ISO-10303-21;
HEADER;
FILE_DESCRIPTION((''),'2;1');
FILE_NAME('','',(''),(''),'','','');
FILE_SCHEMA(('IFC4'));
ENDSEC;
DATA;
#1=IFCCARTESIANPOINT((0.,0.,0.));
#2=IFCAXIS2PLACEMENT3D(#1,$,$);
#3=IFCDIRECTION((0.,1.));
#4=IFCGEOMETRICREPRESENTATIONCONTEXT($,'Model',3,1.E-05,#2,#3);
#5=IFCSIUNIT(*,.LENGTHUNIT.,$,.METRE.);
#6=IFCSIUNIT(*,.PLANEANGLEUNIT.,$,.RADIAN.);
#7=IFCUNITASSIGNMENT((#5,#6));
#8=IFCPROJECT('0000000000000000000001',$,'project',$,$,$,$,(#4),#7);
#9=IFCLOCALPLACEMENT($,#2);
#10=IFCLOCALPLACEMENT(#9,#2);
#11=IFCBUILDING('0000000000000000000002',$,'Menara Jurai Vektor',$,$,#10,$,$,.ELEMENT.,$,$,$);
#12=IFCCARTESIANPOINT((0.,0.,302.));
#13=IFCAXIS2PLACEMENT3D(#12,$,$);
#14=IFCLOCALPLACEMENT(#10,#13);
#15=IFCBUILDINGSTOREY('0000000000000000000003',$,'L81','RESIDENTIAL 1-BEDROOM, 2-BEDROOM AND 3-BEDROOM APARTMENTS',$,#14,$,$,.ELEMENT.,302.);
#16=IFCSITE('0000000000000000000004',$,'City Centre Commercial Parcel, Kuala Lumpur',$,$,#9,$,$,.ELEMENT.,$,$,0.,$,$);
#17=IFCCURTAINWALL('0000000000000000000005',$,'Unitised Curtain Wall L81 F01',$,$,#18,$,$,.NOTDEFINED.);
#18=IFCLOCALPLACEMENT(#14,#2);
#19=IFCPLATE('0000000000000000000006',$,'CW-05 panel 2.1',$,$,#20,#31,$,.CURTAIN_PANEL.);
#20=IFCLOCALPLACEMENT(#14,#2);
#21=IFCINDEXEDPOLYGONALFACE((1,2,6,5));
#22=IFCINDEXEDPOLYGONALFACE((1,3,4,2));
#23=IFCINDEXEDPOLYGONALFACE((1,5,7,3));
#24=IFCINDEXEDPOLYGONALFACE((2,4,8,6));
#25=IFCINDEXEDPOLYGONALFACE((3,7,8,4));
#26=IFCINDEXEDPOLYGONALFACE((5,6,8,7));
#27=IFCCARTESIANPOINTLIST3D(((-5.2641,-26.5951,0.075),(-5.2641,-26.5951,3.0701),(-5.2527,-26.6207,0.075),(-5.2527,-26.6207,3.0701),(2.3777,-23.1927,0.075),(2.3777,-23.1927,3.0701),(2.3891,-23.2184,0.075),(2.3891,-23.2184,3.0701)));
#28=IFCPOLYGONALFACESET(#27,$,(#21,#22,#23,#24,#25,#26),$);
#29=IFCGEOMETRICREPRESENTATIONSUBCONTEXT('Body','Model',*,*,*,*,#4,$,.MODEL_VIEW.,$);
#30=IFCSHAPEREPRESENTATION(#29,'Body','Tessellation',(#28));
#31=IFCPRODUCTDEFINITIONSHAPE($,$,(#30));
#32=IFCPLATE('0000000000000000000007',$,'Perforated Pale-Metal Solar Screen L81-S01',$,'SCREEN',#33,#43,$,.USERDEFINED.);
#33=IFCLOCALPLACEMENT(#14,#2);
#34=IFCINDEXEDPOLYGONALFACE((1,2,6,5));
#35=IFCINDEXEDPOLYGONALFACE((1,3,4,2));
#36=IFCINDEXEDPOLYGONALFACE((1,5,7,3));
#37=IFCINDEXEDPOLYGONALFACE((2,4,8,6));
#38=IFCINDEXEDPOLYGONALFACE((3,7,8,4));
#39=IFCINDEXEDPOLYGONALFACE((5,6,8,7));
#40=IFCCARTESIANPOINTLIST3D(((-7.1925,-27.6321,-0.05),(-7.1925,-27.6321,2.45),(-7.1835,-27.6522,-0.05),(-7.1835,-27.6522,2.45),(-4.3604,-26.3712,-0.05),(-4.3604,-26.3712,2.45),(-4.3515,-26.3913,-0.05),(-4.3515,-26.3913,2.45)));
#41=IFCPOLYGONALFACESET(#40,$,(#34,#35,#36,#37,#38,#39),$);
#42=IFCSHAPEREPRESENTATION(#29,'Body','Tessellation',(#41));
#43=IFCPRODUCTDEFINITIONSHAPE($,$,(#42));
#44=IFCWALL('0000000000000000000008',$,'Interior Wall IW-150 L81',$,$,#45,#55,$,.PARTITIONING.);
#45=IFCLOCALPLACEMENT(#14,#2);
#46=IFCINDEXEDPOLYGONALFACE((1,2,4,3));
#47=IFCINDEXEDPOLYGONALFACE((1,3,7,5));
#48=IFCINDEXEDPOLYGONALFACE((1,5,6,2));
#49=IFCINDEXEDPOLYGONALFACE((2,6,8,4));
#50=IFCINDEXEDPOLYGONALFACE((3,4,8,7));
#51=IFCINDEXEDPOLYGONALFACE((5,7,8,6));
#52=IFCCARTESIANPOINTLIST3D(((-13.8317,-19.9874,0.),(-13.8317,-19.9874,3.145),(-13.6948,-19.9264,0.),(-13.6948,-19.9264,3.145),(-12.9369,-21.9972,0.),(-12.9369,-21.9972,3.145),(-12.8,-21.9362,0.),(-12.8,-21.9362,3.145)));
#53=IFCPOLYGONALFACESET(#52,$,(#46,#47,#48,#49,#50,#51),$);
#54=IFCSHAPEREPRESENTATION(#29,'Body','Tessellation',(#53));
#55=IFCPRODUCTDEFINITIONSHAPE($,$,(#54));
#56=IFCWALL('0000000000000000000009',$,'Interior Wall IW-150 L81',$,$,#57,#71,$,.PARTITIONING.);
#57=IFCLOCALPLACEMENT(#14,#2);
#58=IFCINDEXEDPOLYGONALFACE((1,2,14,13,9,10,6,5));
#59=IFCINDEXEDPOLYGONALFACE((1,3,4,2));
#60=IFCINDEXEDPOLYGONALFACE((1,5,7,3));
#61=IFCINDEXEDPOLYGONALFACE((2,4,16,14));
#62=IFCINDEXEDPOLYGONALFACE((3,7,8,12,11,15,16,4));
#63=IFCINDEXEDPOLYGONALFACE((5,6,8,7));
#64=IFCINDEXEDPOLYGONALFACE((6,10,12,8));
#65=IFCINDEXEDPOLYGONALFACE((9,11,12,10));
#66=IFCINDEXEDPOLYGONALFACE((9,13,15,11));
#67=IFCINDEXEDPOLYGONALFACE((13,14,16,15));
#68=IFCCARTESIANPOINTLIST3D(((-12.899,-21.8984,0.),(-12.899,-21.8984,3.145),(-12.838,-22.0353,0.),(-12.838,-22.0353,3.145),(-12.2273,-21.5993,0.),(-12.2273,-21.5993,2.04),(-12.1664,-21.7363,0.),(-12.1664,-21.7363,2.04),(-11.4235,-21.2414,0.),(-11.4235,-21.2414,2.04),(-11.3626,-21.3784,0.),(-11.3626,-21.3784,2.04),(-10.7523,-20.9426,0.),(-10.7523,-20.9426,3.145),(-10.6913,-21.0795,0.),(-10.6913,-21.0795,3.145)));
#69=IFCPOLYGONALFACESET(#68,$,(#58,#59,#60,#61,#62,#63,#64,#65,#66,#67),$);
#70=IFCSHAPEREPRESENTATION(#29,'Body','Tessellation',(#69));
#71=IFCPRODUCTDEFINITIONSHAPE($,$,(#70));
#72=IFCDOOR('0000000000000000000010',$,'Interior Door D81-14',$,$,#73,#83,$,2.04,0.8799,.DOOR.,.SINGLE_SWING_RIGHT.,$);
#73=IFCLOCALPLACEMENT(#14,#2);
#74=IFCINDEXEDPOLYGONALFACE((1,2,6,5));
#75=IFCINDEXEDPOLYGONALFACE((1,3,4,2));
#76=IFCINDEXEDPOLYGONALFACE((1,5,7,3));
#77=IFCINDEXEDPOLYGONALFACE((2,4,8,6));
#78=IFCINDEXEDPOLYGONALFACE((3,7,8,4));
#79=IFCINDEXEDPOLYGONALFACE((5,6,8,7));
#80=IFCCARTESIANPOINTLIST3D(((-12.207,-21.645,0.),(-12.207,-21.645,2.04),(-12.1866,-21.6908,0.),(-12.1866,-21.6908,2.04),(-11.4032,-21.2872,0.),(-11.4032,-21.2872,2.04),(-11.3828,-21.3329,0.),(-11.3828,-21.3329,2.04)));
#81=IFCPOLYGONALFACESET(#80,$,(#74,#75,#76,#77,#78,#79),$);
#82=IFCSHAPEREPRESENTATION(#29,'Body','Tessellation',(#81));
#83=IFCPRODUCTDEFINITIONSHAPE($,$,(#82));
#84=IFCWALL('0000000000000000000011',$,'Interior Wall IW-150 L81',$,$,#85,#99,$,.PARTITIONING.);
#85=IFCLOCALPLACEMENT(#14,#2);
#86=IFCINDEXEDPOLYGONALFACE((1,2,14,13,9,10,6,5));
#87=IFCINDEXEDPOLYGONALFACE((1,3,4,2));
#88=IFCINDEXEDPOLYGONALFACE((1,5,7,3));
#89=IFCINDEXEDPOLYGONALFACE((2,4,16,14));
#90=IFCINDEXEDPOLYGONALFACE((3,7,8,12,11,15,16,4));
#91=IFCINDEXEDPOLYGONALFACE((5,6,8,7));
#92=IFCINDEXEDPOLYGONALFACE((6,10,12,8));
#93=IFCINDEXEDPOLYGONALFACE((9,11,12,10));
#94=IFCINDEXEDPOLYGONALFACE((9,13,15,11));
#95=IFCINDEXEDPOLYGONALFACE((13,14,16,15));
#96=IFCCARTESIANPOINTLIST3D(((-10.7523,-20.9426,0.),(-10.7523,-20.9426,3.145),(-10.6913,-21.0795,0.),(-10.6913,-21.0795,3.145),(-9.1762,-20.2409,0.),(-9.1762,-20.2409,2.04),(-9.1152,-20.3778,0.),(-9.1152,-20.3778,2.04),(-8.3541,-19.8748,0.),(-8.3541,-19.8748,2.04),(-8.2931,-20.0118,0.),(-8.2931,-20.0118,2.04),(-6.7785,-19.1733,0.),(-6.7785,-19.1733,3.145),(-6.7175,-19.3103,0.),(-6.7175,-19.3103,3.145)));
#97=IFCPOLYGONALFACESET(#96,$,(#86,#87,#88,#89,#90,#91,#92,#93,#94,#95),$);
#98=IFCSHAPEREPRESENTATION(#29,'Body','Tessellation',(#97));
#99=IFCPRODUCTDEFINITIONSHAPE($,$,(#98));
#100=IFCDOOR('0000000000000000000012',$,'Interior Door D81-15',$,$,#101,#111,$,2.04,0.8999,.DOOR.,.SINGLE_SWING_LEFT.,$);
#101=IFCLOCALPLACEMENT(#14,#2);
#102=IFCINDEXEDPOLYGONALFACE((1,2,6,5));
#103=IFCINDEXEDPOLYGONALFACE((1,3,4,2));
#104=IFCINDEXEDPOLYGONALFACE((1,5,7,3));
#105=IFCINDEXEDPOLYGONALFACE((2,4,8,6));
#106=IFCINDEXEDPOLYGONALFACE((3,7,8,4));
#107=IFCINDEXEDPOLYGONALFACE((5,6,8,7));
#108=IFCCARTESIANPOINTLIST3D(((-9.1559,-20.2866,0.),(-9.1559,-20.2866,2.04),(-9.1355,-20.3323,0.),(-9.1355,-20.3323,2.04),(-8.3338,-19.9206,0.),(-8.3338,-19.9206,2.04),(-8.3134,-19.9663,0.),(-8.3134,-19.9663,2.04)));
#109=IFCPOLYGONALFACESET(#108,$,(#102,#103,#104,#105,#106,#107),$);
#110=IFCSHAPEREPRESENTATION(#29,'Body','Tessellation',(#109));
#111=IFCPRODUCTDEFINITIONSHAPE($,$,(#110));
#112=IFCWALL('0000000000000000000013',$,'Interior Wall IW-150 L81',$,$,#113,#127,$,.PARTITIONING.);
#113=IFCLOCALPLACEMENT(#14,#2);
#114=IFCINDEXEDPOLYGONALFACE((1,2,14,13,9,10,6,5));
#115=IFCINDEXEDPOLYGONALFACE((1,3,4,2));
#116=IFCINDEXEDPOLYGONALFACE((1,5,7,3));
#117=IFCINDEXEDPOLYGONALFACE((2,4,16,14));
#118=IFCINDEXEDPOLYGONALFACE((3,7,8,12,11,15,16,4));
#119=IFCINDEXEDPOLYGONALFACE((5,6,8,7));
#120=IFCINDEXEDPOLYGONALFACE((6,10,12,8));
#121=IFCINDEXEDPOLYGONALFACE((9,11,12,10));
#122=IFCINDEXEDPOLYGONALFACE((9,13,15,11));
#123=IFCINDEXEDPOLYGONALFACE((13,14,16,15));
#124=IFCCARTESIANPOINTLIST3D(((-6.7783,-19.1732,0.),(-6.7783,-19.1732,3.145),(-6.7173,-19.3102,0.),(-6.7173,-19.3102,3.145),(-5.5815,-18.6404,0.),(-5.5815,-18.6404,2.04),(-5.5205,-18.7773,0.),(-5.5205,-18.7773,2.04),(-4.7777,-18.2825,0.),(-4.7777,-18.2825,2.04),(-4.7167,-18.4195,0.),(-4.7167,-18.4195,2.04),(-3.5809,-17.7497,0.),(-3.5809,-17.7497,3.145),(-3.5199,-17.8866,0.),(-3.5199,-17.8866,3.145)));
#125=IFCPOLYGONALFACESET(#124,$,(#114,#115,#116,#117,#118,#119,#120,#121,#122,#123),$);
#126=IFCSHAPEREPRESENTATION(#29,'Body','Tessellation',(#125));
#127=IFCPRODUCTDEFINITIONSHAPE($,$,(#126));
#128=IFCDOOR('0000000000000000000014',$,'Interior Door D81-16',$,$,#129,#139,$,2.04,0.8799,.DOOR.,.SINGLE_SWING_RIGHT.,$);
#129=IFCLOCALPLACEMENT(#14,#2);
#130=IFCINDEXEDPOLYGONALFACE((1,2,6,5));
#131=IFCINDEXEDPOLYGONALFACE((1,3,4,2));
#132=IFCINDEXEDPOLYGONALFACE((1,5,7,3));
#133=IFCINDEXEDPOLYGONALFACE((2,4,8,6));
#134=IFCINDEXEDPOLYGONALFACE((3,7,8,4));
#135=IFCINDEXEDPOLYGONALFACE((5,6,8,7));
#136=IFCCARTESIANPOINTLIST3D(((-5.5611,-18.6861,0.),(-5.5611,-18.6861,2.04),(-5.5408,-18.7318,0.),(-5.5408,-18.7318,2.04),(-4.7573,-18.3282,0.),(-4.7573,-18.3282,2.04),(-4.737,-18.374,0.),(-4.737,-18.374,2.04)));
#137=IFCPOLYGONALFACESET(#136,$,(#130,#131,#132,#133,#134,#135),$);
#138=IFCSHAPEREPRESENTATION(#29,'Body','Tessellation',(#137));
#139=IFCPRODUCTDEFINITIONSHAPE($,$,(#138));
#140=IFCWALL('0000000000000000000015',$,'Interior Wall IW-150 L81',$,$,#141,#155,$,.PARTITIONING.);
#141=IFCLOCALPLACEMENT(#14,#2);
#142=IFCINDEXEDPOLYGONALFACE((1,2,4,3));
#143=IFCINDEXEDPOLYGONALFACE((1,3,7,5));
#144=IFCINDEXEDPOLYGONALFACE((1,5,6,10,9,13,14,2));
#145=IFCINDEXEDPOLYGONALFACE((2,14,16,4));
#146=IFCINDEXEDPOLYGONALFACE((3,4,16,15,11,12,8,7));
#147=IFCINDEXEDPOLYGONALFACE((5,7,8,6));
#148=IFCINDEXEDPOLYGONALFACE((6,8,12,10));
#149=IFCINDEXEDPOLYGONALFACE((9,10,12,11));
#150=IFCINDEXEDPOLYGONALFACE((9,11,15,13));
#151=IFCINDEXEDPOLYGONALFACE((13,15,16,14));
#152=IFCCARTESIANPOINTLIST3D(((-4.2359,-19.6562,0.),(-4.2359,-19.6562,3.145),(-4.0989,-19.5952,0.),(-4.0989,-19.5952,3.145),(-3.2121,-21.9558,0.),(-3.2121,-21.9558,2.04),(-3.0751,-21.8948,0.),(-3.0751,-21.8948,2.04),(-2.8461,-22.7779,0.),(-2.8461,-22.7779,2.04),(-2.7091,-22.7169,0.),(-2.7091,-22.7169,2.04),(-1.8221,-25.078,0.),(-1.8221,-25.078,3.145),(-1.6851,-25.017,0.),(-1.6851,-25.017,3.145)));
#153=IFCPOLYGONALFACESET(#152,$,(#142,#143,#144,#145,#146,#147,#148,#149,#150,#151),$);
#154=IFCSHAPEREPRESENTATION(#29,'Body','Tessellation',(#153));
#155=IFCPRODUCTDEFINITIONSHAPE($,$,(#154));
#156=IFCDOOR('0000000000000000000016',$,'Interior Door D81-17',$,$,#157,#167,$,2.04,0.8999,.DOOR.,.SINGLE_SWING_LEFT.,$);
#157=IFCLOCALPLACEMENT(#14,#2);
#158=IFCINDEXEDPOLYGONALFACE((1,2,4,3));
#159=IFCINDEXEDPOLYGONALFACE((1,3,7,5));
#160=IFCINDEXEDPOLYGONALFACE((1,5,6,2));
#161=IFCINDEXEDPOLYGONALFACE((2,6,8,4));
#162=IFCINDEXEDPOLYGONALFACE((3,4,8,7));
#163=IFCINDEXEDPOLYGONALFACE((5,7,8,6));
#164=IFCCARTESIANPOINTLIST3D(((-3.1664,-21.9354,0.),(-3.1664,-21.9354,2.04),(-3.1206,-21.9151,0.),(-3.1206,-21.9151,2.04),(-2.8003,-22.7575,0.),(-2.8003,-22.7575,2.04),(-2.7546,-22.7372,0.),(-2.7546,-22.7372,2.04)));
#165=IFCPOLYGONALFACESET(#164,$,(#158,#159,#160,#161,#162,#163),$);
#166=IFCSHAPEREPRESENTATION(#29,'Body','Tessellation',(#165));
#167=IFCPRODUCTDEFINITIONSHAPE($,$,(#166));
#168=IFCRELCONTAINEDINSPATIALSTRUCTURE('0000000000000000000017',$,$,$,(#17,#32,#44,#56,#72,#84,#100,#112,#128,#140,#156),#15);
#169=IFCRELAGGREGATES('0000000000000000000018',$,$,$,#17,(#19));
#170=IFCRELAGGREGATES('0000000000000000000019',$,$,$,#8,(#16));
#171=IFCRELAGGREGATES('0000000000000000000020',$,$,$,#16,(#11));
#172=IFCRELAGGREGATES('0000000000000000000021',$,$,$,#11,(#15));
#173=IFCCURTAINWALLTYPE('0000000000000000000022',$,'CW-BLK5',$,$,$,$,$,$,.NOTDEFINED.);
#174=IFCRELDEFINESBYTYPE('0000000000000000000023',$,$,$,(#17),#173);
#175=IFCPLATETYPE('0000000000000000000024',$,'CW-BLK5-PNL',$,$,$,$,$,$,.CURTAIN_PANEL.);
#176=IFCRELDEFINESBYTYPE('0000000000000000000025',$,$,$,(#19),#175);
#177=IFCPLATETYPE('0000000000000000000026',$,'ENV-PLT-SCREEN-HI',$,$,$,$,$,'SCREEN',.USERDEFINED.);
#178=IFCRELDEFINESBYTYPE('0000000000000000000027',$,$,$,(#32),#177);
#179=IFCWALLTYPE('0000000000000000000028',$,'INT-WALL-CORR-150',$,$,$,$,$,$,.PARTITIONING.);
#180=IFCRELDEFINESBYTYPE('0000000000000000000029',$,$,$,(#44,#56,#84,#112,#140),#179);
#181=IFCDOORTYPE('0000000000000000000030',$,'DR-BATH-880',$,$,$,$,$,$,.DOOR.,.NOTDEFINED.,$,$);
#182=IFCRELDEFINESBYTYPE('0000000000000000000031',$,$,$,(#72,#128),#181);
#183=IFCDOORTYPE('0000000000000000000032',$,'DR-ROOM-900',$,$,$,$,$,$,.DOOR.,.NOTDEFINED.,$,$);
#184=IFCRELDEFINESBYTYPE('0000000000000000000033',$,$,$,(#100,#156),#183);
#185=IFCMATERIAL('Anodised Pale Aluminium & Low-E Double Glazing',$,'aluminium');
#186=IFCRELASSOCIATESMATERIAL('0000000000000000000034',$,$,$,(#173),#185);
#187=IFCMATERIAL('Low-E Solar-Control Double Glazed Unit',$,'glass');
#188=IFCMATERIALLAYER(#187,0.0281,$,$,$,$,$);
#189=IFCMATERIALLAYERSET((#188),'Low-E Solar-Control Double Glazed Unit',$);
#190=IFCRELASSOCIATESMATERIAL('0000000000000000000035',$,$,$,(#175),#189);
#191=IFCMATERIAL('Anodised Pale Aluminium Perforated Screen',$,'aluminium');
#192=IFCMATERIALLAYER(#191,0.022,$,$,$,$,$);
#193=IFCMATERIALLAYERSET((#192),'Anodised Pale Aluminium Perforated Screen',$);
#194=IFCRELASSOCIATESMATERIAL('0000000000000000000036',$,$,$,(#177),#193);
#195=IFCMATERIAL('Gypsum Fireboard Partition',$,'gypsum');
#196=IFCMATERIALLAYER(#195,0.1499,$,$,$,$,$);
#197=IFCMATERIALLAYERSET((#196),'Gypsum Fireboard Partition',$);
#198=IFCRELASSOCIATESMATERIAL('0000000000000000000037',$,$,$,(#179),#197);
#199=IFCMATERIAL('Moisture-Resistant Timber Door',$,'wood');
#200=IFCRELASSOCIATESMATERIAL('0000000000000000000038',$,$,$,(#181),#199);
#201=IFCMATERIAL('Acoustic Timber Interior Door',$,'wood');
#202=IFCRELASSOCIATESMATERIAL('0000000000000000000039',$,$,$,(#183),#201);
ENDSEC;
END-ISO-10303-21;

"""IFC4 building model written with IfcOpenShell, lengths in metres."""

from ifc_helpers import new_model, si_unit, direction, frame, frame_2d, origin, origin_2d, place, context, subcontext, project, spatial, rectangle, extrude, material, layer, layer_set, type_object, element, fill, aggregate, save


model = new_model("IFC4")

# Units and contexts
model_context = context("Model", 3, precision=1e-05, world=origin(), true_north=direction((0.0, 1.0)))
body_context = subcontext(model_context, "Body", "Model", "MODEL_VIEW")
ifc_project = project(units=[si_unit("LENGTHUNIT", "METRE"), si_unit("PLANEANGLEUNIT", "RADIAN")], contexts=[model_context])

# Site, building, storey
site_placement = place(None, origin())
site = spatial("IfcSite", under=ifc_project, at=site_placement, Name="City Centre Commercial Parcel, Kuala Lumpur", CompositionType="ELEMENT", RefElevation=0.0)
building_placement = place(site_placement, origin())
building = spatial("IfcBuilding", under=site, at=building_placement, Name="Menara Jurai Vektor", CompositionType="ELEMENT")
storey_placement = place(building_placement, frame((0.0, 0.0, 302.0)))
storey = spatial("IfcBuildingStorey", under=building, at=storey_placement, Name="L81", Description="RESIDENTIAL 1-BEDROOM, 2-BEDROOM AND 3-BEDROOM APARTMENTS", CompositionType="ELEMENT", Elevation=302.0)

# Curtain wall
ifc_material_1 = material(Name="Anodised Pale Aluminium & Low-E Double Glazing", Category="aluminium")
curtain_wall_type = type_object("IfcCurtainWallType", Name="CW-BLK5", PredefinedType="NOTDEFINED", material=ifc_material_1)
curtain_wall_placement = place(storey_placement, origin())
curtain_wall = element("IfcCurtainWall", 1, at=curtain_wall_placement, inside=storey, type_object=curtain_wall_type, Name="Unitised Curtain Wall L81 F01", PredefinedType="NOTDEFINED")

# Plates
ifc_material_2 = material(Name="Low-E Solar-Control Double Glazed Unit", Category="glass")
ifc_layer_1 = layer(ifc_material_2, 0.0281)
ifc_layer_set_1 = layer_set([ifc_layer_1], Name="Low-E Solar-Control Double Glazed Unit")
plate_type_1 = type_object("IfcPlateType", Name="CW-BLK5-PNL", PredefinedType="CURTAIN_PANEL", material=ifc_layer_set_1)
plate_1_placement = place(storey_placement, frame((-1.4375, -24.9067, 0.075), z_axis=(0.0, 0.0, 1.0), x_axis=(0.913546, 0.406735, 0.0)))
plate_1 = element("IfcPlate", 2, at=plate_1_placement, type_object=plate_type_1, Name="CW-05 panel 2.1", PredefinedType="CURTAIN_PANEL", context=body_context, shape_type="SweptSolid", body=[
    extrude(rectangle(XDim=8.365, YDim=0.0281, at=origin_2d()), origin(), (0.0, 0.0, 1.0), 2.9951),
])
aggregate(curtain_wall, [plate_1])
ifc_material_3 = material(Name="Anodised Pale Aluminium Perforated Screen", Category="aluminium")
ifc_layer_2 = layer(ifc_material_3, 0.022)
ifc_layer_set_2 = layer_set([ifc_layer_2], Name="Anodised Pale Aluminium Perforated Screen")
plate_type_2 = type_object("IfcPlateType", Name="ENV-PLT-SCREEN-HI", ElementType="SCREEN", PredefinedType="USERDEFINED", material=ifc_layer_set_2)
plate_2_placement = place(storey_placement, frame((-5.772, -27.0117, -0.05), z_axis=(0.0, 0.0, 1.0), x_axis=(0.913545, 0.406737, 0.0)))
element("IfcPlate", 3, at=plate_2_placement, inside=storey, type_object=plate_type_2, Name="Perforated Pale-Metal Solar Screen L81-S01", ObjectType="SCREEN", PredefinedType="USERDEFINED", context=body_context, shape_type="SweptSolid", body=[
    extrude(rectangle(XDim=3.1001, YDim=0.022, at=origin_2d()), origin(), (0.0, 0.0, 1.0), 2.5),
])

# Wall
ifc_material_4 = material(Name="Gypsum Fireboard Partition", Category="gypsum")
ifc_layer_3 = layer(ifc_material_4, 0.1499)
ifc_layer_set_3 = layer_set([ifc_layer_3], Name="Gypsum Fireboard Partition")
wall_type_1 = type_object("IfcWallType", Name="INT-WALL-CORR-150", PredefinedType="PARTITIONING", material=ifc_layer_set_3)
wall_1_placement = place(storey_placement, frame((-12.8684, -21.9668, 0.0), z_axis=(0.0, 0.0, 1.0), x_axis=(-0.406725, 0.913551, 0.0)))
element("IfcWall", 4, at=wall_1_placement, inside=storey, type_object=wall_type_1, Name="Interior Wall IW-150 L81", PredefinedType="PARTITIONING", context=body_context, shape_type="SweptSolid", body=[
    extrude(rectangle(XDim=2.2, YDim=0.1499, at=frame_2d((1.1001, 0.0))), origin(), (0.0, 0.0, 1.0), 3.145),
])

# Walls, openings, doors
wall_2_placement = place(storey_placement, frame((-12.8684, -21.9668, 0.0), z_axis=(0.0, 0.0, 1.0), x_axis=(0.913541, 0.406746, 0.0)))
wall_2 = element("IfcWall", 5, at=wall_2_placement, inside=storey, type_object=wall_type_1, Name="Interior Wall IW-150 L81", PredefinedType="PARTITIONING", context=body_context, shape_type="SweptSolid", body=[
    extrude(rectangle(XDim=2.3499, YDim=0.1499, at=frame_2d((1.1748, 0.0))), origin(), (0.0, 0.0, 1.0), 3.145),
])
opening_1_placement = place(wall_2_placement, frame((0.7351, 0.0, 0.0)))
opening_1 = element("IfcOpeningElement", 6, at=opening_1_placement, cuts=wall_2, PredefinedType="OPENING", context=body_context, shape_type="SweptSolid", body=[
    extrude(rectangle(XDim=0.8799, YDim=2.04, at=frame_2d((0.4399, 1.02))), frame((0.0, 0.085, 0.0), z_axis=(0.0, -1.0, 0.0), x_axis=(1.0, 0.0, 0.0)), (0.0, 0.0, 1.0), 0.1699),
])
ifc_material_5 = material(Name="Moisture-Resistant Timber Door", Category="wood")
door_type_1 = type_object("IfcDoorType", Name="DR-BATH-880", OperationType="NOTDEFINED", PredefinedType="DOOR", material=ifc_material_5)
door_1_placement = place(opening_1_placement, origin())
door_1 = element("IfcDoor", 7, at=door_1_placement, inside=storey, type_object=door_type_1, Name="Interior Door D81-14", OperationType="SINGLE_SWING_RIGHT", OverallHeight=2.04, OverallWidth=0.8799, PredefinedType="DOOR", context=body_context, shape_type="SweptSolid", body=[
    extrude(rectangle(XDim=0.8799, YDim=2.04, at=frame_2d((0.4399, 1.02))), frame((0.0, 0.0249, 0.0), z_axis=(0.0, -1.0, 0.0), x_axis=(1.0, 0.0, 0.0)), (0.0, 0.0, 1.0), 0.05),
])
fill(opening_1, door_1)
wall_3_placement = place(storey_placement, frame((-10.7217, -21.011, 0.0), z_axis=(0.0, 0.0, 1.0), x_axis=(0.913545, 0.406737, 0.0)))
wall_3 = element("IfcWall", 8, at=wall_3_placement, inside=storey, type_object=wall_type_1, Name="Interior Wall IW-150 L81", PredefinedType="PARTITIONING", context=body_context, shape_type="SweptSolid", body=[
    extrude(rectangle(XDim=4.3499, YDim=0.1499, at=frame_2d((2.1748, 0.0))), origin(), (0.0, 0.0, 1.0), 3.145),
])
opening_2_placement = place(wall_3_placement, frame((1.7251, 0.0, 0.0)))
opening_2 = element("IfcOpeningElement", 9, at=opening_2_placement, cuts=wall_3, PredefinedType="OPENING", context=body_context, shape_type="SweptSolid", body=[
    extrude(rectangle(XDim=0.8999, YDim=2.04, at=frame_2d((0.45, 1.02))), frame((0.0, 0.085, 0.0), z_axis=(0.0, -1.0, 0.0), x_axis=(1.0, 0.0, 0.0)), (0.0, 0.0, 1.0), 0.1699),
])
ifc_material_6 = material(Name="Acoustic Timber Interior Door", Category="wood")
door_type_2 = type_object("IfcDoorType", Name="DR-ROOM-900", OperationType="NOTDEFINED", PredefinedType="DOOR", material=ifc_material_6)
door_2_placement = place(opening_2_placement, origin())
door_2 = element("IfcDoor", 10, at=door_2_placement, inside=storey, type_object=door_type_2, Name="Interior Door D81-15", OperationType="SINGLE_SWING_LEFT", OverallHeight=2.04, OverallWidth=0.8999, PredefinedType="DOOR", context=body_context, shape_type="SweptSolid", body=[
    extrude(rectangle(XDim=0.8999, YDim=2.04, at=frame_2d((0.45, 1.02))), frame((0.0, 0.0249, 0.0), z_axis=(0.0, -1.0, 0.0), x_axis=(1.0, 0.0, 0.0)), (0.0, 0.0, 1.0), 0.05),
])
fill(opening_2, door_2)
wall_4_placement = place(storey_placement, frame((-6.7478, -19.2417, 0.0), z_axis=(0.0, 0.0, 1.0), x_axis=(0.91355, 0.406727, 0.0)))
wall_4 = element("IfcWall", 11, at=wall_4_placement, inside=storey, type_object=wall_type_1, Name="Interior Wall IW-150 L81", PredefinedType="PARTITIONING", context=body_context, shape_type="SweptSolid", body=[
    extrude(rectangle(XDim=3.5, YDim=0.1499, at=frame_2d((1.75, 0.0))), origin(), (0.0, 0.0, 1.0), 3.145),
])
opening_3_placement = place(wall_4_placement, frame((1.3101, 0.0, 0.0)))
opening_3 = element("IfcOpeningElement", 12, at=opening_3_placement, cuts=wall_4, PredefinedType="OPENING", context=body_context, shape_type="SweptSolid", body=[
    extrude(rectangle(XDim=0.8799, YDim=2.04, at=frame_2d((0.4399, 1.02))), frame((0.0, 0.085, 0.0), z_axis=(0.0, -1.0, 0.0), x_axis=(1.0, 0.0, 0.0)), (0.0, 0.0, 1.0), 0.1699),
])
door_3_placement = place(opening_3_placement, origin())
door_3 = element("IfcDoor", 13, at=door_3_placement, inside=storey, type_object=door_type_1, Name="Interior Door D81-16", OperationType="SINGLE_SWING_RIGHT", OverallHeight=2.04, OverallWidth=0.8799, PredefinedType="DOOR", context=body_context, shape_type="SweptSolid", body=[
    extrude(rectangle(XDim=0.8799, YDim=2.04, at=frame_2d((0.4399, 1.02))), frame((0.0, 0.0249, 0.0), z_axis=(0.0, -1.0, 0.0), x_axis=(1.0, 0.0, 0.0)), (0.0, 0.0, 1.0), 0.05),
])
fill(opening_3, door_3)
wall_5_placement = place(storey_placement, frame((-1.7537, -25.0474, 0.0), z_axis=(0.0, 0.0, 1.0), x_axis=(-0.406715, 0.913555, 0.0)))
wall_5 = element("IfcWall", 14, at=wall_5_placement, inside=storey, type_object=wall_type_1, Name="Interior Wall IW-150 L81", PredefinedType="PARTITIONING", context=body_context, shape_type="SweptSolid", body=[
    extrude(rectangle(XDim=5.9348, YDim=0.1499, at=frame_2d((2.9673, 0.0))), origin(), (0.0, 0.0, 1.0), 3.145),
])
opening_4_placement = place(wall_5_placement, frame((2.5176, 0.0, 0.0)))
opening_4 = element("IfcOpeningElement", 15, at=opening_4_placement, cuts=wall_5, PredefinedType="OPENING", context=body_context, shape_type="SweptSolid", body=[
    extrude(rectangle(XDim=0.8999, YDim=2.04, at=frame_2d((0.45, 1.02))), frame((0.0, 0.085, 0.0), z_axis=(0.0, -1.0, 0.0), x_axis=(1.0, 0.0, 0.0)), (0.0, 0.0, 1.0), 0.1699),
])
door_4_placement = place(opening_4_placement, origin())
door_4 = element("IfcDoor", 16, at=door_4_placement, inside=storey, type_object=door_type_2, Name="Interior Door D81-17", OperationType="SINGLE_SWING_LEFT", OverallHeight=2.04, OverallWidth=0.8999, PredefinedType="DOOR", context=body_context, shape_type="SweptSolid", body=[
    extrude(rectangle(XDim=0.8999, YDim=2.04, at=frame_2d((0.45, 1.02))), frame((0.0, 0.0249, 0.0), z_axis=(0.0, -1.0, 0.0), x_axis=(1.0, 0.0, 0.0)), (0.0, 0.0, 1.0), 0.05),
])
fill(opening_4, door_4)

save(model, "model.ifc")
